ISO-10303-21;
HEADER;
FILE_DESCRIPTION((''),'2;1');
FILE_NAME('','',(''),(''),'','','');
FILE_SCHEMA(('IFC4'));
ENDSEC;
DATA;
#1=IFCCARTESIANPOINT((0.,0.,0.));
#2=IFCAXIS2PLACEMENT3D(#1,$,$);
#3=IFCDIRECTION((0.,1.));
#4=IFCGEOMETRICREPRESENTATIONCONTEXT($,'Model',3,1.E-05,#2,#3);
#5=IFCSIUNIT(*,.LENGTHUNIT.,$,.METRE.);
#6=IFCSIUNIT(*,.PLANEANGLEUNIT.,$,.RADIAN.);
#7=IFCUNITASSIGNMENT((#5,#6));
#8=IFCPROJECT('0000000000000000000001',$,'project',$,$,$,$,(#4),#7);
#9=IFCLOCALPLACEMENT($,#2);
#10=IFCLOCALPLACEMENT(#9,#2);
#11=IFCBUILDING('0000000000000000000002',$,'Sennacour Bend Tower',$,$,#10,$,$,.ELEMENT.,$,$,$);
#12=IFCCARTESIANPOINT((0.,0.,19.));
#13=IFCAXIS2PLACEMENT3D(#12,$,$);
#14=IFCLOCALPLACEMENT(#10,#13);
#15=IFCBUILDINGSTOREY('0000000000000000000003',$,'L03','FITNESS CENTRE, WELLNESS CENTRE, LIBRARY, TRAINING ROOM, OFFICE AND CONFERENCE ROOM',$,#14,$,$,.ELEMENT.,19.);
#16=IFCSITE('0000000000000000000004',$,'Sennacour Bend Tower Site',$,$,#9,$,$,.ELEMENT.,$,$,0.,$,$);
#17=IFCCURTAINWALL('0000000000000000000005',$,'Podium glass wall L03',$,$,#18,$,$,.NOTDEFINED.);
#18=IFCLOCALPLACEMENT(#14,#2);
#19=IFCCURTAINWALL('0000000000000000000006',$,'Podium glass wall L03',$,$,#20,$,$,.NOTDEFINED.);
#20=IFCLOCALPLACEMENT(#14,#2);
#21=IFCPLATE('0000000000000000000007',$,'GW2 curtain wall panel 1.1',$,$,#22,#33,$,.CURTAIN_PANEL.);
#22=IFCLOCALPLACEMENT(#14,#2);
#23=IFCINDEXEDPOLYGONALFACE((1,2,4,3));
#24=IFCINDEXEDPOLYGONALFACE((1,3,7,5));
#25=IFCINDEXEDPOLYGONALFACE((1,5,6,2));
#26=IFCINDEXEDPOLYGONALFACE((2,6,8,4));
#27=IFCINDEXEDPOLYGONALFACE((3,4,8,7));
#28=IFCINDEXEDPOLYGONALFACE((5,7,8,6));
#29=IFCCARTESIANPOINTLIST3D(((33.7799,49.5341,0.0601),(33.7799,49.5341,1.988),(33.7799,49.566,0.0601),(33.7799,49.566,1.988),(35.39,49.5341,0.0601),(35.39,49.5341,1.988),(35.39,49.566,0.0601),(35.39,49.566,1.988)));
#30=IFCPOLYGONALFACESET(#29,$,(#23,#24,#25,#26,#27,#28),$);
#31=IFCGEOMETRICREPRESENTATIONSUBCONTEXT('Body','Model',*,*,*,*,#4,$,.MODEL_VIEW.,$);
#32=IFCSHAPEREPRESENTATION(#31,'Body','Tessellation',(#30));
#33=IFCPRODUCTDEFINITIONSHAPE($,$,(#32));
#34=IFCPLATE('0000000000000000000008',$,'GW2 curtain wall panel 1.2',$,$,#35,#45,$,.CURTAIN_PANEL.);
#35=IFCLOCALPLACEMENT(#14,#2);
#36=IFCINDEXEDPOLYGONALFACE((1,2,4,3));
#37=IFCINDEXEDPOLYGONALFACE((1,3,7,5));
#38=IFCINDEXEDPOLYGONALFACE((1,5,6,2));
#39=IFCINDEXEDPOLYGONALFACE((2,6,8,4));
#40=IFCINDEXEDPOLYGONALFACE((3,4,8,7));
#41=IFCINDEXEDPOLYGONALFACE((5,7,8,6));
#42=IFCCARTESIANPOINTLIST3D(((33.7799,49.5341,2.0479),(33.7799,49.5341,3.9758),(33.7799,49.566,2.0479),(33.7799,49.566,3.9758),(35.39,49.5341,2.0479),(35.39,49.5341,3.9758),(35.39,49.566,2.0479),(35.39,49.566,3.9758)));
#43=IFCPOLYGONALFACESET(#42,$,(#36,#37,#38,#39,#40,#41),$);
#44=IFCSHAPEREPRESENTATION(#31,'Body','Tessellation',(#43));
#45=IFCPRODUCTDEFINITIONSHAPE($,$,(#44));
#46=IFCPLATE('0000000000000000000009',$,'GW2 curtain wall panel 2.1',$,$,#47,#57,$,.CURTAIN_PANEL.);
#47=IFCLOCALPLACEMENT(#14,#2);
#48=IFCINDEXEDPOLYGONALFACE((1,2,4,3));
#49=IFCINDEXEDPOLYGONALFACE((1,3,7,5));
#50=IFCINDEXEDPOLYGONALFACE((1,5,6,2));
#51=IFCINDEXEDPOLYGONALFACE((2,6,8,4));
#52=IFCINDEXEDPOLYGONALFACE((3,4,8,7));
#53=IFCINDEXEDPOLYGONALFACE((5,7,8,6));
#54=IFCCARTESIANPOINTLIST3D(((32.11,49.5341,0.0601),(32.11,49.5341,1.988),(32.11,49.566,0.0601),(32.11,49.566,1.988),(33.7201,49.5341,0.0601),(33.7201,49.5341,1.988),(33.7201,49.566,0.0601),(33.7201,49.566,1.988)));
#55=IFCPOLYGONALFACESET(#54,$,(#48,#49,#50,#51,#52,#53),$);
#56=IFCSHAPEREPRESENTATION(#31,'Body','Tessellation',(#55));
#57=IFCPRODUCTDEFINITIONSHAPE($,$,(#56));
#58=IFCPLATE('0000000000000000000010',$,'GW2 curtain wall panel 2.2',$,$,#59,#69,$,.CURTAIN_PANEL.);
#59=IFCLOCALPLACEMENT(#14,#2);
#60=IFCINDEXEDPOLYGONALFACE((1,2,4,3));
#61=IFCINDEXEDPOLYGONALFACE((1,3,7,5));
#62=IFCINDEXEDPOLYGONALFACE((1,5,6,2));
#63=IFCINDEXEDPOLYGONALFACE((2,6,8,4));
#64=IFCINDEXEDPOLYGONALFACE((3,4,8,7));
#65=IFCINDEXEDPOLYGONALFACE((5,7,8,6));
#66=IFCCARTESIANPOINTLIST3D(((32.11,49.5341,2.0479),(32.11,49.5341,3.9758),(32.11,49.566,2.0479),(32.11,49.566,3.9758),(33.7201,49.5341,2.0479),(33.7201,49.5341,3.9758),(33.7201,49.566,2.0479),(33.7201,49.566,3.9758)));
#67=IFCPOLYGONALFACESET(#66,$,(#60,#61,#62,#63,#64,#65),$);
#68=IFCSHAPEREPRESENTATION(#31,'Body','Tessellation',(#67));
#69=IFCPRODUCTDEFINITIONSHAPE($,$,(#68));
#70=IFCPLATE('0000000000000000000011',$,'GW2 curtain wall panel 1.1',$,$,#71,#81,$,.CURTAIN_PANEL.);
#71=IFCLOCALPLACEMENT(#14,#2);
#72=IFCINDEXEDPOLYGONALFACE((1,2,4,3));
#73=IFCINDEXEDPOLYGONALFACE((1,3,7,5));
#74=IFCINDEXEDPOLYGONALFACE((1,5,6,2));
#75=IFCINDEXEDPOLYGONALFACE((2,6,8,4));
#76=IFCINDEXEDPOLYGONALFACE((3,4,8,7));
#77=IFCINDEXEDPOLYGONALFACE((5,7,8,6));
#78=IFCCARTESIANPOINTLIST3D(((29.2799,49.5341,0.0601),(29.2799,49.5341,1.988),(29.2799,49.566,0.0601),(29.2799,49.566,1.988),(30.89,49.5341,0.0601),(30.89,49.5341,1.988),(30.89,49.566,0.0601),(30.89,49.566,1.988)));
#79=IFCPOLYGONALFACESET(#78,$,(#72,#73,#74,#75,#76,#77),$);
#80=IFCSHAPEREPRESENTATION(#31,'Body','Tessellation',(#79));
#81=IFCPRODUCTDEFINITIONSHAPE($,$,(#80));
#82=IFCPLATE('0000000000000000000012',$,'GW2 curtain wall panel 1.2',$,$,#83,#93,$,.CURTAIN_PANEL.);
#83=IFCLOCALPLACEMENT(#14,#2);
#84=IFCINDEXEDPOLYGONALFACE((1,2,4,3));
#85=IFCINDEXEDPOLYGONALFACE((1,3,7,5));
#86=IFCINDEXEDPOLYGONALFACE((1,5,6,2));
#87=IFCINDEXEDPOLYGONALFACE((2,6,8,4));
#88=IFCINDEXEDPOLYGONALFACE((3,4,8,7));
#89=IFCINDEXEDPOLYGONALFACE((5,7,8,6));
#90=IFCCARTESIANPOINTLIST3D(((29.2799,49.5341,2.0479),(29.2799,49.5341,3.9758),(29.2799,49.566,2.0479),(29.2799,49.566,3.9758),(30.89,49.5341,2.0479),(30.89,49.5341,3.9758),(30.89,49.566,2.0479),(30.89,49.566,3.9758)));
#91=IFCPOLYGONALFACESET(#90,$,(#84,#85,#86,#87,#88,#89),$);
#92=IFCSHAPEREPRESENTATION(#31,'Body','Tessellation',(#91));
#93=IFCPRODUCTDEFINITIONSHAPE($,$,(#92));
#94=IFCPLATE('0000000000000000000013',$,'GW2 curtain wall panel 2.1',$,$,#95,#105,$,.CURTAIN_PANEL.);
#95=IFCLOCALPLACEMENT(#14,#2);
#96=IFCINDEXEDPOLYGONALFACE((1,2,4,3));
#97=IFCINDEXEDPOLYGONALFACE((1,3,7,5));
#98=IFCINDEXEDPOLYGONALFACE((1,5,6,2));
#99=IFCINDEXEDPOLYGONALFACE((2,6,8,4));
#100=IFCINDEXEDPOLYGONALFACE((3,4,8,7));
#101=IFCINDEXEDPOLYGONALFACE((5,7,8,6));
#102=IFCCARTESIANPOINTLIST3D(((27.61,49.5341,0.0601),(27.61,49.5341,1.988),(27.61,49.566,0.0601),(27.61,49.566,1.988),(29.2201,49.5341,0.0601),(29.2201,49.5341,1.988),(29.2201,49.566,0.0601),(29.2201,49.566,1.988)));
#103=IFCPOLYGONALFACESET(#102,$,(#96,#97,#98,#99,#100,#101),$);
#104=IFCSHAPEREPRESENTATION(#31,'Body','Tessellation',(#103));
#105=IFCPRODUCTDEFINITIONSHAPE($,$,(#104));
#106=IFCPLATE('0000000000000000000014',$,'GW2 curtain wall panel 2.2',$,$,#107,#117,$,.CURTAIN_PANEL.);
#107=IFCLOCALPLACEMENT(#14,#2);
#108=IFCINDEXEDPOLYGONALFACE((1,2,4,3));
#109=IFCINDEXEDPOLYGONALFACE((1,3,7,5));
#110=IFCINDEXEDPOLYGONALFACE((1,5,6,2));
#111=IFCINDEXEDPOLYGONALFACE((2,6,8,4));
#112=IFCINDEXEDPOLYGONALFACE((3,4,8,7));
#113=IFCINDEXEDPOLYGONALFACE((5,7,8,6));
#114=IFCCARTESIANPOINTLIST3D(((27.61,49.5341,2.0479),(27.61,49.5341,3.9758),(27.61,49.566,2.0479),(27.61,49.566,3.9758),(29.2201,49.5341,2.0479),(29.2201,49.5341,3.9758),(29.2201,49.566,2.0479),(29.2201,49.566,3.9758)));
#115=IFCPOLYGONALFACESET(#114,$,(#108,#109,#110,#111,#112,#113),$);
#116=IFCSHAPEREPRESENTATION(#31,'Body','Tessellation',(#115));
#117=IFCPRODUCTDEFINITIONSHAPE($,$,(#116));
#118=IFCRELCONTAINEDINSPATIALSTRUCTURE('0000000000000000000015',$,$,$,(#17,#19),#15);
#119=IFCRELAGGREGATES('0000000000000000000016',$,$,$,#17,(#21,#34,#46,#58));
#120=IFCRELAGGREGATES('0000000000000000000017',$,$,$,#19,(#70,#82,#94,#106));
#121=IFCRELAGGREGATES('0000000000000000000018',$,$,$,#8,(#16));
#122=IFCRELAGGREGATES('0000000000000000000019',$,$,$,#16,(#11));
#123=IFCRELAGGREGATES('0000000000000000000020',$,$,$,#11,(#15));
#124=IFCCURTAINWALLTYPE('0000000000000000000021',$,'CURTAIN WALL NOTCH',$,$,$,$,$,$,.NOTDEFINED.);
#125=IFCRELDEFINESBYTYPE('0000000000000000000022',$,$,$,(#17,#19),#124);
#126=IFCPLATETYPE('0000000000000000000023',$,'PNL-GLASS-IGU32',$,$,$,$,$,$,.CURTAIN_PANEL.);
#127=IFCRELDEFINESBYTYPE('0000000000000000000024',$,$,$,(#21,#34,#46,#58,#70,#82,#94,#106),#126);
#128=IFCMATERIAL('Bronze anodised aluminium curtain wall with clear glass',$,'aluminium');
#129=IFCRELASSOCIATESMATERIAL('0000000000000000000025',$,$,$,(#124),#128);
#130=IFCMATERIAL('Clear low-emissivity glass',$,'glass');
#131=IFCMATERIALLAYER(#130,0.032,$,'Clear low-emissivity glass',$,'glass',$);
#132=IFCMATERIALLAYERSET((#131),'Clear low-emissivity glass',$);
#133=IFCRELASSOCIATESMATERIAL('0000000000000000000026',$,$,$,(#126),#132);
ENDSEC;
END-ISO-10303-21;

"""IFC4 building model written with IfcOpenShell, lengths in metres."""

from ifc_helpers import new_model, si_unit, direction, frame, origin, origin_2d, place, context, subcontext, project, spatial, rectangle, extrude, material, layer, layer_set, type_object, element, aggregate, save


model = new_model("IFC4")

# Units and contexts
model_context = context("Model", 3, precision=1e-05, world=origin(), true_north=direction((0.0, 1.0)))
body_context = subcontext(model_context, "Body", "Model", "MODEL_VIEW")
ifc_project = project(units=[si_unit("LENGTHUNIT", "METRE"), si_unit("PLANEANGLEUNIT", "RADIAN")], contexts=[model_context])

# Site, building, storey
site_placement = place(None, origin())
site = spatial("IfcSite", under=ifc_project, at=site_placement, Name="Sennacour Bend Tower Site", CompositionType="ELEMENT", RefElevation=0.0)
building_placement = place(site_placement, origin())
building = spatial("IfcBuilding", under=site, at=building_placement, Name="Sennacour Bend Tower", CompositionType="ELEMENT")
storey_placement = place(building_placement, frame((0.0, 0.0, 19.0)))
storey = spatial("IfcBuildingStorey", under=building, at=storey_placement, Name="L03", Description="FITNESS CENTRE, WELLNESS CENTRE, LIBRARY, TRAINING ROOM, OFFICE AND CONFERENCE ROOM", CompositionType="ELEMENT", Elevation=19.0)

# Curtain walls
ifc_material_1 = material(Name="Bronze anodised aluminium curtain wall with clear glass", Category="aluminium")
curtain_wall_type = type_object("IfcCurtainWallType", Name="CURTAIN WALL NOTCH", PredefinedType="NOTDEFINED", material=ifc_material_1)
curtain_wall_1_placement = place(storey_placement, origin())
curtain_wall_1 = element("IfcCurtainWall", 1, at=curtain_wall_1_placement, inside=storey, type_object=curtain_wall_type, Name="Podium glass wall L03", PredefinedType="NOTDEFINED")
curtain_wall_2_placement = place(storey_placement, origin())
curtain_wall_2 = element("IfcCurtainWall", 2, at=curtain_wall_2_placement, inside=storey, type_object=curtain_wall_type, Name="Podium glass wall L03", PredefinedType="NOTDEFINED")

# Plates
ifc_material_2 = material(Name="Clear low-emissivity glass", Category="glass")
ifc_layer = layer(ifc_material_2, 0.032, Name="Clear low-emissivity glass", Category="glass")
ifc_layer_set = layer_set([ifc_layer], Name="Clear low-emissivity glass")
plate_type = type_object("IfcPlateType", Name="PNL-GLASS-IGU32", PredefinedType="CURTAIN_PANEL", material=ifc_layer_set)
plate_1_placement = place(storey_placement, frame((34.585, 49.55, 0.0601), z_axis=(0.0, 0.0, 1.0), x_axis=(-1.0, 0.0, 0.0)))
plate_1 = element("IfcPlate", 3, at=plate_1_placement, type_object=plate_type, Name="GW2 curtain wall panel 1.1", PredefinedType="CURTAIN_PANEL", context=body_context, shape_type="SweptSolid", body=[
    extrude(rectangle(XDim=1.6101, YDim=0.032, at=origin_2d()), origin(), (0.0, 0.0, 1.0), 1.928),
])
plate_2_placement = place(storey_placement, frame((34.585, 49.55, 2.0479), z_axis=(0.0, 0.0, 1.0), x_axis=(-1.0, 0.0, 0.0)))
plate_2 = element("IfcPlate", 4, at=plate_2_placement, type_object=plate_type, Name="GW2 curtain wall panel 1.2", PredefinedType="CURTAIN_PANEL", context=body_context, shape_type="SweptSolid", body=[
    extrude(rectangle(XDim=1.6101, YDim=0.032, at=origin_2d()), origin(), (0.0, 0.0, 1.0), 1.928),
])
plate_3_placement = place(storey_placement, frame((32.915, 49.55, 0.0601), z_axis=(0.0, 0.0, 1.0), x_axis=(-1.0, 0.0, 0.0)))
plate_3 = element("IfcPlate", 5, at=plate_3_placement, type_object=plate_type, Name="GW2 curtain wall panel 2.1", PredefinedType="CURTAIN_PANEL", context=body_context, shape_type="SweptSolid", body=[
    extrude(rectangle(XDim=1.6101, YDim=0.032, at=origin_2d()), origin(), (0.0, 0.0, 1.0), 1.928),
])
plate_4_placement = place(storey_placement, frame((32.915, 49.55, 2.0479), z_axis=(0.0, 0.0, 1.0), x_axis=(-1.0, 0.0, 0.0)))
plate_4 = element("IfcPlate", 6, at=plate_4_placement, type_object=plate_type, Name="GW2 curtain wall panel 2.2", PredefinedType="CURTAIN_PANEL", context=body_context, shape_type="SweptSolid", body=[
    extrude(rectangle(XDim=1.6101, YDim=0.032, at=origin_2d()), origin(), (0.0, 0.0, 1.0), 1.928),
])
aggregate(curtain_wall_1, [plate_1, plate_2, plate_3, plate_4])
plate_5_placement = place(storey_placement, frame((30.085, 49.55, 0.0601), z_axis=(0.0, 0.0, 1.0), x_axis=(-1.0, 0.0, 0.0)))
plate_5 = element("IfcPlate", 7, at=plate_5_placement, type_object=plate_type, Name="GW2 curtain wall panel 1.1", PredefinedType="CURTAIN_PANEL", context=body_context, shape_type="SweptSolid", body=[
    extrude(rectangle(XDim=1.6101, YDim=0.032, at=origin_2d()), origin(), (0.0, 0.0, 1.0), 1.928),
])
plate_6_placement = place(storey_placement, frame((30.085, 49.55, 2.0479), z_axis=(0.0, 0.0, 1.0), x_axis=(-1.0, 0.0, 0.0)))
plate_6 = element("IfcPlate", 8, at=plate_6_placement, type_object=plate_type, Name="GW2 curtain wall panel 1.2", PredefinedType="CURTAIN_PANEL", context=body_context, shape_type="SweptSolid", body=[
    extrude(rectangle(XDim=1.6101, YDim=0.032, at=origin_2d()), origin(), (0.0, 0.0, 1.0), 1.928),
])
plate_7_placement = place(storey_placement, frame((28.415, 49.55, 0.0601), z_axis=(0.0, 0.0, 1.0), x_axis=(-1.0, 0.0, 0.0)))
plate_7 = element("IfcPlate", 9, at=plate_7_placement, type_object=plate_type, Name="GW2 curtain wall panel 2.1", PredefinedType="CURTAIN_PANEL", context=body_context, shape_type="SweptSolid", body=[
    extrude(rectangle(XDim=1.6101, YDim=0.032, at=origin_2d()), origin(), (0.0, 0.0, 1.0), 1.928),
])
plate_8_placement = place(storey_placement, frame((28.415, 49.55, 2.0479), z_axis=(0.0, 0.0, 1.0), x_axis=(-1.0, 0.0, 0.0)))
plate_8 = element("IfcPlate", 10, at=plate_8_placement, type_object=plate_type, Name="GW2 curtain wall panel 2.2", PredefinedType="CURTAIN_PANEL", context=body_context, shape_type="SweptSolid", body=[
    extrude(rectangle(XDim=1.6101, YDim=0.032, at=origin_2d()), origin(), (0.0, 0.0, 1.0), 1.928),
])
aggregate(curtain_wall_2, [plate_5, plate_6, plate_7, plate_8])

save(model, "model.ifc")
